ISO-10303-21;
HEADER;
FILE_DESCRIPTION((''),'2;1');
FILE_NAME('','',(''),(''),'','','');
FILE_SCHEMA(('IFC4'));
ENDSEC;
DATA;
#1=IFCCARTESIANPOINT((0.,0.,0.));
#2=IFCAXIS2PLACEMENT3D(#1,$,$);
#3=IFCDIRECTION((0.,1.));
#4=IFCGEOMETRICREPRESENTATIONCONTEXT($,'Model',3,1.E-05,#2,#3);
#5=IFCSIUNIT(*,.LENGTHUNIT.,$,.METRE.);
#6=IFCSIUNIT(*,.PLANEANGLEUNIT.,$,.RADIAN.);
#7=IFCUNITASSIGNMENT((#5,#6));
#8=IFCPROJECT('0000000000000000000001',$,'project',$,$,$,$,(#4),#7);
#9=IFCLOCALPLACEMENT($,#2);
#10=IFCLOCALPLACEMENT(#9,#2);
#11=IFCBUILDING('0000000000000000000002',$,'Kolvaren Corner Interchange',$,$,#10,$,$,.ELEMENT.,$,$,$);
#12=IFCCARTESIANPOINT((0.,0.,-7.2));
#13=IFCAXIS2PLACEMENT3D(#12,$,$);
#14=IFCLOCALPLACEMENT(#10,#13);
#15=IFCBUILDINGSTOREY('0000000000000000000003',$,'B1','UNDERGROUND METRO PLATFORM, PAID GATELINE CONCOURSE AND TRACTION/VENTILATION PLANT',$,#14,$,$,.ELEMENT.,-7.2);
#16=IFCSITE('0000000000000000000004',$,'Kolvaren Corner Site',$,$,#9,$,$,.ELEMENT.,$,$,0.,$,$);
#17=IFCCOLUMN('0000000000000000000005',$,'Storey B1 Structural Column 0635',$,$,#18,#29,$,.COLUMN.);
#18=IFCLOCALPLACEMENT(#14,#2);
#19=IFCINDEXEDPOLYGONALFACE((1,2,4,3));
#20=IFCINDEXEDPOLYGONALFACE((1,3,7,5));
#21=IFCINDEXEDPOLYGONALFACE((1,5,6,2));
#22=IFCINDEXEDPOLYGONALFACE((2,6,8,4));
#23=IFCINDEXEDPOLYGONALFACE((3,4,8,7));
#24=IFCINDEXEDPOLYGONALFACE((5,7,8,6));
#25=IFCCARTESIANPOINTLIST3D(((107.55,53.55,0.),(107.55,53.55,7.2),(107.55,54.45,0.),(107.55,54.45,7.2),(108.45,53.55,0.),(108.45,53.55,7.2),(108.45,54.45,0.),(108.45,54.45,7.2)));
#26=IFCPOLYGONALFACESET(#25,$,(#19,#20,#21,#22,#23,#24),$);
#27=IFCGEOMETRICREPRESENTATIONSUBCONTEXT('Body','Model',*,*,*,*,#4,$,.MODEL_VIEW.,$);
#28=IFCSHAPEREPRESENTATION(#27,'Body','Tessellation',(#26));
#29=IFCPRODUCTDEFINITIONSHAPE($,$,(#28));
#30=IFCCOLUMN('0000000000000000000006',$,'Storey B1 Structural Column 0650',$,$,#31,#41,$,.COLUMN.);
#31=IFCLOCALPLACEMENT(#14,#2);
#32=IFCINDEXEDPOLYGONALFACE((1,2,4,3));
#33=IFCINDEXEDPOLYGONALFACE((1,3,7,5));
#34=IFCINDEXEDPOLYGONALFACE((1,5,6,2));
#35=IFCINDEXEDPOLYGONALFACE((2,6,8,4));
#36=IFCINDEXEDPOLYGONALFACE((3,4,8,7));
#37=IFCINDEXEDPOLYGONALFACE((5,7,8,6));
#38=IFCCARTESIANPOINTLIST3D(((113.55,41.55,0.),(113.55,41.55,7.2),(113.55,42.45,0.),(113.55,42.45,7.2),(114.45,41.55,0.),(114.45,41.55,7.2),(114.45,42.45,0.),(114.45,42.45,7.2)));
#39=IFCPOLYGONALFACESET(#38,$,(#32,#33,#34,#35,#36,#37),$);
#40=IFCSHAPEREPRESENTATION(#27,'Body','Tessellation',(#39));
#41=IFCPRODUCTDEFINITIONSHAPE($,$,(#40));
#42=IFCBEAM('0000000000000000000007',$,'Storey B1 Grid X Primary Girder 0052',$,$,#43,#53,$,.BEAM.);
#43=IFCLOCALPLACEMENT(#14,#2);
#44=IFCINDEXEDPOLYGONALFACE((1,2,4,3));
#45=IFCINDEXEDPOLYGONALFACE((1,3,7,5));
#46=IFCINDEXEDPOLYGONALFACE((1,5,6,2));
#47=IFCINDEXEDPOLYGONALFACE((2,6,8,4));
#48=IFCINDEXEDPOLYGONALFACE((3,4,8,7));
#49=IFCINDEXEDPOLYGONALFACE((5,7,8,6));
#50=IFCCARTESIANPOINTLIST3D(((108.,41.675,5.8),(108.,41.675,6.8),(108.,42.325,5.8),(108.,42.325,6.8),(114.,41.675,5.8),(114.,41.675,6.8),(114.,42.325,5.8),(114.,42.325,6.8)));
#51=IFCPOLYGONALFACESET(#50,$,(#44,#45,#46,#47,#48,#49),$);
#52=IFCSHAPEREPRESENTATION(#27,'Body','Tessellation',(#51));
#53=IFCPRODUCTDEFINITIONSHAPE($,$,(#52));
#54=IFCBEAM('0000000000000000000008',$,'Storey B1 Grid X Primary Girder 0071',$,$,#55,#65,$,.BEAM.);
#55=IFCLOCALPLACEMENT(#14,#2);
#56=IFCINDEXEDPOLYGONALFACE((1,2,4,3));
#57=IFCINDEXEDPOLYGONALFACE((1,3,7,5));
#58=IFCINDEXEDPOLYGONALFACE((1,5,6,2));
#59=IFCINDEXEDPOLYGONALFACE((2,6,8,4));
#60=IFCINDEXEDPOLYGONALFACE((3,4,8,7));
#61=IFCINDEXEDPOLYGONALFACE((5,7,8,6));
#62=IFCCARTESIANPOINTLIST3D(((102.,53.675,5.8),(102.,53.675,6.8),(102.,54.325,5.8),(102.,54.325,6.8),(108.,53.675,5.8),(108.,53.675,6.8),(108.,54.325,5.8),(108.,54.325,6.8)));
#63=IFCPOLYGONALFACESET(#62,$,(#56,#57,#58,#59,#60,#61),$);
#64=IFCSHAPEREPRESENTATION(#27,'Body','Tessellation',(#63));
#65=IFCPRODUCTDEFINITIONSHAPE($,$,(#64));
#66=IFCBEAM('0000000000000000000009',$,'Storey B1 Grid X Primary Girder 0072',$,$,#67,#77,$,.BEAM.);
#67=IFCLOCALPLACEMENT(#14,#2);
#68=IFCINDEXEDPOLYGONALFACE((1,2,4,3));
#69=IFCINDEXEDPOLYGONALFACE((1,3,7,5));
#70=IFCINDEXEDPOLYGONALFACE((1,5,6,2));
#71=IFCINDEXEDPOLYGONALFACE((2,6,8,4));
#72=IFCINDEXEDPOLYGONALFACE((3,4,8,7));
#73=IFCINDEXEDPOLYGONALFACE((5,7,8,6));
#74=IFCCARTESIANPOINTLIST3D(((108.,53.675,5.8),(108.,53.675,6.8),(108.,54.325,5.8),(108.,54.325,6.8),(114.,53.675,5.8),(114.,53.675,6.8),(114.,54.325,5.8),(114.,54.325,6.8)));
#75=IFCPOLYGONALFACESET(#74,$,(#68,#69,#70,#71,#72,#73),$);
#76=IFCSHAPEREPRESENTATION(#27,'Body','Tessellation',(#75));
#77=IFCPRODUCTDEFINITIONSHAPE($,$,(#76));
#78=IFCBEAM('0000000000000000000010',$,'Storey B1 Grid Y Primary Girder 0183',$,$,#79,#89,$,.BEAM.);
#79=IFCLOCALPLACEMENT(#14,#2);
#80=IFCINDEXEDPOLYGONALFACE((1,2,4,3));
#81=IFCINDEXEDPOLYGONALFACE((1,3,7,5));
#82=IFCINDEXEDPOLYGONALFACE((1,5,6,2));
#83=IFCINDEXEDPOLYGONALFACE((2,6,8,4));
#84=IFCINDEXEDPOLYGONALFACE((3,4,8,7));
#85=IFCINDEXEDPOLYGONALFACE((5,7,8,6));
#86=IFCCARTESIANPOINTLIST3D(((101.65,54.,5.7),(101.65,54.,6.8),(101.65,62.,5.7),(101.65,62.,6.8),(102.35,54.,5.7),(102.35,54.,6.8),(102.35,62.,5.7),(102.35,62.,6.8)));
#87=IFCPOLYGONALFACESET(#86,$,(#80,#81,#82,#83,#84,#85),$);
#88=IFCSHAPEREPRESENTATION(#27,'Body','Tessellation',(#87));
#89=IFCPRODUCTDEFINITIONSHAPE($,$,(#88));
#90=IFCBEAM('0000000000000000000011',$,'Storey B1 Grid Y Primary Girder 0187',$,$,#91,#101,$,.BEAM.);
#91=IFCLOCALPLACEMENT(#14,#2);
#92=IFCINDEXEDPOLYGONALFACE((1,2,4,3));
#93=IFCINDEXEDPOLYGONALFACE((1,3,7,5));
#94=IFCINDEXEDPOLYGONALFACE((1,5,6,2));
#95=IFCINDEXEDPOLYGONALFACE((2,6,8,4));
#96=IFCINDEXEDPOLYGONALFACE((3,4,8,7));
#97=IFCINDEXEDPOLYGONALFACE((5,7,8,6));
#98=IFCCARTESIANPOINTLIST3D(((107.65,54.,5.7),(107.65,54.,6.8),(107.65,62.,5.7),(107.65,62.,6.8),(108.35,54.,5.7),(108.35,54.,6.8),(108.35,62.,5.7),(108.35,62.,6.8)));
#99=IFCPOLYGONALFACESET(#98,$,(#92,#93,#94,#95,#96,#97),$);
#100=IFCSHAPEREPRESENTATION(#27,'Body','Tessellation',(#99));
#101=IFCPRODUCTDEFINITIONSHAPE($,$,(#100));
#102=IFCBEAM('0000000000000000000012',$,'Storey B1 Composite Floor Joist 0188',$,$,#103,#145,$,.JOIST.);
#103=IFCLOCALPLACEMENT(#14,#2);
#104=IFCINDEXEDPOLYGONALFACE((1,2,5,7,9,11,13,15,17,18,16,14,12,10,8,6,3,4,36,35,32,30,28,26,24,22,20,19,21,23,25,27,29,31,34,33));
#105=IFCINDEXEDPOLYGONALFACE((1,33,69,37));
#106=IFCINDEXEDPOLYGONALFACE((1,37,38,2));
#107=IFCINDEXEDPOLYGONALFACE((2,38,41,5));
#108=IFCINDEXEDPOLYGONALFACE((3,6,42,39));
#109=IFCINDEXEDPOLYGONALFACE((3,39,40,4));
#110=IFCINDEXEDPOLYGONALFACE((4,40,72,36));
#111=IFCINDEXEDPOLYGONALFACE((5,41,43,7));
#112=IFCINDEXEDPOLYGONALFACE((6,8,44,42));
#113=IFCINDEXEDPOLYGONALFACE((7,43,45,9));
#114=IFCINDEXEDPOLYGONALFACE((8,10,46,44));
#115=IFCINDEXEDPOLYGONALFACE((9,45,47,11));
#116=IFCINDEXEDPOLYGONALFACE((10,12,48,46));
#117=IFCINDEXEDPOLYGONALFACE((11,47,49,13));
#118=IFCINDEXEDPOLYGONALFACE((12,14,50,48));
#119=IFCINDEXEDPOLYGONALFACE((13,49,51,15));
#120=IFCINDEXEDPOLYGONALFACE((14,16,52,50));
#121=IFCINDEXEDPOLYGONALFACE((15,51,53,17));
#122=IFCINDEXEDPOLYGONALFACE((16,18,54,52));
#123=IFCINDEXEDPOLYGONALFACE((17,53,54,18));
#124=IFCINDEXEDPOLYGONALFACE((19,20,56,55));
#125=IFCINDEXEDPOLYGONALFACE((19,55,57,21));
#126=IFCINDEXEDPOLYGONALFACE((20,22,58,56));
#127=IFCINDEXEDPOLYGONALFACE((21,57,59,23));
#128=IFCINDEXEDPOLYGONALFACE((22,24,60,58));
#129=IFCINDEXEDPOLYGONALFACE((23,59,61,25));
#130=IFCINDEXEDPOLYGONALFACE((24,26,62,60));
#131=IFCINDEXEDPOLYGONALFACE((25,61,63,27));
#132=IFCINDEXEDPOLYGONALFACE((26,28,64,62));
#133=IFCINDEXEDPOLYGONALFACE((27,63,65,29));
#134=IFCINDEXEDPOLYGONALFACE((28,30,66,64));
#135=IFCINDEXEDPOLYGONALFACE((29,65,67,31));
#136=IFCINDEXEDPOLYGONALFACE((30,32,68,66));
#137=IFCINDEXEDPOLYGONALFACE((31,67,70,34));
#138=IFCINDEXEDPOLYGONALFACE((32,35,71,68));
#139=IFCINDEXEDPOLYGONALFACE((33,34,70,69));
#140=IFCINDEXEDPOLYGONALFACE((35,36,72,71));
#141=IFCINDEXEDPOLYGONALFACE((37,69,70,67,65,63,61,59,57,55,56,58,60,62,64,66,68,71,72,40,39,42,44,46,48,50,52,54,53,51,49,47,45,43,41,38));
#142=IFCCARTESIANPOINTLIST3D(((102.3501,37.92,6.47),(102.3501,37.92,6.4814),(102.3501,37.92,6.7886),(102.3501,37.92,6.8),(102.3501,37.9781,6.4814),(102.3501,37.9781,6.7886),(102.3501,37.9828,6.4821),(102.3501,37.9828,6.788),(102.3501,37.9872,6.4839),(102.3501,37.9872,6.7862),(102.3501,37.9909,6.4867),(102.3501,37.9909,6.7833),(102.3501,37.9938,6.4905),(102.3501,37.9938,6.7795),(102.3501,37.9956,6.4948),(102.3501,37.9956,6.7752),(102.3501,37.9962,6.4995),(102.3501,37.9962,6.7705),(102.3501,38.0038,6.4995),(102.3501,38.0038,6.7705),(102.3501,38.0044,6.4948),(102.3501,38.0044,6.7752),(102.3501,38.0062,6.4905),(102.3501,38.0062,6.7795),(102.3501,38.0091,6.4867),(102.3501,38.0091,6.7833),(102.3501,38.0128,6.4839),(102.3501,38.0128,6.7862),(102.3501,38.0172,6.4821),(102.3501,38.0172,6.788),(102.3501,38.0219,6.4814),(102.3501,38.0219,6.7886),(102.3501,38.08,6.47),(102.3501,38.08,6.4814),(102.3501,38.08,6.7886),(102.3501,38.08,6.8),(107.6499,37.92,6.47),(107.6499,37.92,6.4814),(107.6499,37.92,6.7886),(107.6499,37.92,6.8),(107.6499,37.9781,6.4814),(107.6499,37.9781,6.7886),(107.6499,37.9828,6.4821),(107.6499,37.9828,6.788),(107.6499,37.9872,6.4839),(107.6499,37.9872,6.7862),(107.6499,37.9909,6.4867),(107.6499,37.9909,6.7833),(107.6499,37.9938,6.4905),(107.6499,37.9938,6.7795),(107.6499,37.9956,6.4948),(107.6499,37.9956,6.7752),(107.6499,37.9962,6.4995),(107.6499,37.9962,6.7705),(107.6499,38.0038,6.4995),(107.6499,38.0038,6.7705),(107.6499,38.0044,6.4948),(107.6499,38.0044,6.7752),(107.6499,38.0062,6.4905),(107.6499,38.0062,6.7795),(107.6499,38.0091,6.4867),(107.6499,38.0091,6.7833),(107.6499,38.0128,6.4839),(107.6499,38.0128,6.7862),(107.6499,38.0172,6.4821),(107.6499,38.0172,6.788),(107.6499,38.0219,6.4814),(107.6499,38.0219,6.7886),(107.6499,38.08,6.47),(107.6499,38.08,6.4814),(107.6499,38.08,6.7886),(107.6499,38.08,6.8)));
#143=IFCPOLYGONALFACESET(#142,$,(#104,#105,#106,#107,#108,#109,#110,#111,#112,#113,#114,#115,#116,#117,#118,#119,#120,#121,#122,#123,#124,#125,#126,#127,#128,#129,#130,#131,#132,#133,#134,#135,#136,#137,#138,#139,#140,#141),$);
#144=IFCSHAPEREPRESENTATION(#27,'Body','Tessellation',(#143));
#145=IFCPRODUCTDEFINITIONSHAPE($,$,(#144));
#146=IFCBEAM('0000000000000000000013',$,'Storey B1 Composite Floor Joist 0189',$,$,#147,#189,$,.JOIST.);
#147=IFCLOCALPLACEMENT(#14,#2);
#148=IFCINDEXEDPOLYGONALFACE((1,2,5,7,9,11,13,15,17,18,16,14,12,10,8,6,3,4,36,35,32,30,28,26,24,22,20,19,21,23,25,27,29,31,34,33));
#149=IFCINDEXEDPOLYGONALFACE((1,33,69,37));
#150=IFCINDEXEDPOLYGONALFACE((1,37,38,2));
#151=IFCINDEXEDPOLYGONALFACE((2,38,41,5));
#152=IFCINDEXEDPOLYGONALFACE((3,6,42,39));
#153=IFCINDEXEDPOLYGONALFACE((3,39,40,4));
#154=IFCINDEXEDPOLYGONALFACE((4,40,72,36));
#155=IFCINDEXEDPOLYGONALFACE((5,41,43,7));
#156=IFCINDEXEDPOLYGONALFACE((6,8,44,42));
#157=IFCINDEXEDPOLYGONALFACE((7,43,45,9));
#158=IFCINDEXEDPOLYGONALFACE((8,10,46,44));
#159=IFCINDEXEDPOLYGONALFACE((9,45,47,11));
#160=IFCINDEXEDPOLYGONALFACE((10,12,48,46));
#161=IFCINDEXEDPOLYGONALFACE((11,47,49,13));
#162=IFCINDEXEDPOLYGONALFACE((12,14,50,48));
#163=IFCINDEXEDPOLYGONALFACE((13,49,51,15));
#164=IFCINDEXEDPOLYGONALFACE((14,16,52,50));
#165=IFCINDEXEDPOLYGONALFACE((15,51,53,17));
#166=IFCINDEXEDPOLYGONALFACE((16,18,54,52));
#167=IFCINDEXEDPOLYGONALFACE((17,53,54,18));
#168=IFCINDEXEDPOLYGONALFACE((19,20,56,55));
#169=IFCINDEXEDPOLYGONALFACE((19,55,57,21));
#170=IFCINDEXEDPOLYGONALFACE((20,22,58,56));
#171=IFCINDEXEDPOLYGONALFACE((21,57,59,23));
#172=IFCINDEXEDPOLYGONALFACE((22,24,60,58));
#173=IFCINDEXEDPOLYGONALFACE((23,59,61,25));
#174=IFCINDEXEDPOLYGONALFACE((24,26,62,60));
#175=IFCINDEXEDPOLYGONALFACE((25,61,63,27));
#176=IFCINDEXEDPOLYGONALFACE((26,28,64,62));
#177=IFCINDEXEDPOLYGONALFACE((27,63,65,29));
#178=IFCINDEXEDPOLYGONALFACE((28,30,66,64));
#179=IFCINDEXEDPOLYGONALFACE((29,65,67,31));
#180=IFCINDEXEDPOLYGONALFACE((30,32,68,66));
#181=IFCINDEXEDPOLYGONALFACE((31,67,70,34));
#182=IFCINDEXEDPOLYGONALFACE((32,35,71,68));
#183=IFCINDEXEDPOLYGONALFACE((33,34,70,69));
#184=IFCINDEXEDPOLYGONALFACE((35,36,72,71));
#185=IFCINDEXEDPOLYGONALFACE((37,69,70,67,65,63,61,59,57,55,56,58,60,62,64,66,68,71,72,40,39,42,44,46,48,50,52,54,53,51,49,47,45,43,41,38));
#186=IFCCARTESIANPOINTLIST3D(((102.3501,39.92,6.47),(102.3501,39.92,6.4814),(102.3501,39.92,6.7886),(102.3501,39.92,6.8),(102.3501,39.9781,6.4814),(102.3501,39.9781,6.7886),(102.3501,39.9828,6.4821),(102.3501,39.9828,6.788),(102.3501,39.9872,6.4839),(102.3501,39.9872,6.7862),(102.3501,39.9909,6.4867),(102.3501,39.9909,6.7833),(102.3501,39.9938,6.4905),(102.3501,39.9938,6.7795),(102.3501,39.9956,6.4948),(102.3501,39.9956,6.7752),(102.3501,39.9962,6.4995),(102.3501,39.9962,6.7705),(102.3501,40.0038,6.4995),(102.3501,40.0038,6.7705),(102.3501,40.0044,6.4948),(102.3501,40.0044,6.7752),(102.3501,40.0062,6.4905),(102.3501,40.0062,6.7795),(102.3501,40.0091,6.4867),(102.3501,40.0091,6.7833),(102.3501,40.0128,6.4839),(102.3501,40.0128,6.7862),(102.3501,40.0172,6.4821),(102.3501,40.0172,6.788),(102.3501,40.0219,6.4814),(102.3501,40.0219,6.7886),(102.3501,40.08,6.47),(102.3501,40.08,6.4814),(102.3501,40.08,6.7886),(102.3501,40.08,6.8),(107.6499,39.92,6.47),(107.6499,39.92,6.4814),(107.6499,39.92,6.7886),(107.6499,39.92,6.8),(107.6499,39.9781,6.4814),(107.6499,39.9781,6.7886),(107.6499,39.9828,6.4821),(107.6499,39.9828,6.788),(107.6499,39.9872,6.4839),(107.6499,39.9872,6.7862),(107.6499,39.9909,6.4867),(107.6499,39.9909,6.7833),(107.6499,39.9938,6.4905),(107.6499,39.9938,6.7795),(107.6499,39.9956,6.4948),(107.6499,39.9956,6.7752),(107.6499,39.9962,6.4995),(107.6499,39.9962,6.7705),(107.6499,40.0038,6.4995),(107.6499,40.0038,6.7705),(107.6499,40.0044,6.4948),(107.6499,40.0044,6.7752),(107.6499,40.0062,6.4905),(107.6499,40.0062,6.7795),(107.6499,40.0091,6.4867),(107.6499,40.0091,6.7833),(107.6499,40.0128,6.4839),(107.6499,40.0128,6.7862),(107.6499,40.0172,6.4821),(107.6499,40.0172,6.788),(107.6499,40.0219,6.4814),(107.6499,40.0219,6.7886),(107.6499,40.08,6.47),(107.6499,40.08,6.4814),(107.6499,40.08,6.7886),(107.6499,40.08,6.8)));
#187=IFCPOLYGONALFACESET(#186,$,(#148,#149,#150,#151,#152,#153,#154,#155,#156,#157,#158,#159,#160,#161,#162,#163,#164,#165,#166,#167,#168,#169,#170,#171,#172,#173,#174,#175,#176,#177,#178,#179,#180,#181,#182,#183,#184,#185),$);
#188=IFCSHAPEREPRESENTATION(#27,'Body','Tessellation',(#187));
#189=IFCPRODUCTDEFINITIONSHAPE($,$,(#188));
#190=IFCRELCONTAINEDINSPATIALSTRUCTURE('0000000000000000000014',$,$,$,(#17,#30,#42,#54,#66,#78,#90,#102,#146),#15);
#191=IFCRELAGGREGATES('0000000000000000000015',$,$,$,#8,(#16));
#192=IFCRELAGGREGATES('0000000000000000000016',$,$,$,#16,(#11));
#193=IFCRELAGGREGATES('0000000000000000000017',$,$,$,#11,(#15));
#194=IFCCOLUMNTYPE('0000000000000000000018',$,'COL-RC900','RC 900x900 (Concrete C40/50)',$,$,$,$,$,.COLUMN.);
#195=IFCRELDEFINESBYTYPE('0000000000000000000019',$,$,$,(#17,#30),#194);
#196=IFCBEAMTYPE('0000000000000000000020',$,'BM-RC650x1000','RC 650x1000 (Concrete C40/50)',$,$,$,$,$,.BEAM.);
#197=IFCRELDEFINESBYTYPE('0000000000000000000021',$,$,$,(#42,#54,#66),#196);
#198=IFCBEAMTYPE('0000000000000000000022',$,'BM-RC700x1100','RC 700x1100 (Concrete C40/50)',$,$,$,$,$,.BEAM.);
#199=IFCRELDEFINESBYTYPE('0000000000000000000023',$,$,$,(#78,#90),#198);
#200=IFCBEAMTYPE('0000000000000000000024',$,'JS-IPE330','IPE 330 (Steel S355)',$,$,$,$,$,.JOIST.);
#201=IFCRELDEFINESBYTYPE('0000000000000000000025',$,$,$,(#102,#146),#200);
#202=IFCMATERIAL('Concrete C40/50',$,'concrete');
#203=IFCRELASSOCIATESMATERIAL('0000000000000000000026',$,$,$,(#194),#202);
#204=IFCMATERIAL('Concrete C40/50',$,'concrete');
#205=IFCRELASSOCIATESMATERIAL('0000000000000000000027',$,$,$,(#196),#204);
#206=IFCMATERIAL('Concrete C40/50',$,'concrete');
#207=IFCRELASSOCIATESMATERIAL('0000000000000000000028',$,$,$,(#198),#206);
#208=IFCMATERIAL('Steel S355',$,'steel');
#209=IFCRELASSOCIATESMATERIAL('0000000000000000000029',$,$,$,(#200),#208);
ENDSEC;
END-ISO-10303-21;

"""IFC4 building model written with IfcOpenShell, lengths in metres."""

from ifc_helpers import new_model, si_unit, direction, frame, origin, origin_2d, place, context, subcontext, project, spatial, rectangle, i_section, extrude, material, material_profile, profile_set, type_object, element, save


model = new_model("IFC4")

# Units and contexts
model_context = context("Model", 3, precision=1e-05, world=origin(), true_north=direction((0.0, 1.0)))
body_context = subcontext(model_context, "Body", "Model", "MODEL_VIEW")
ifc_project = project(units=[si_unit("LENGTHUNIT", "METRE"), si_unit("PLANEANGLEUNIT", "RADIAN")], contexts=[model_context])

# Site, building, storey
site_placement = place(None, origin())
site = spatial("IfcSite", under=ifc_project, at=site_placement, Name="Kolvaren Corner Site", CompositionType="ELEMENT", RefElevation=0.0)
building_placement = place(site_placement, origin())
building = spatial("IfcBuilding", under=site, at=building_placement, Name="Kolvaren Corner Interchange", CompositionType="ELEMENT")
storey_placement = place(building_placement, frame((0.0, 0.0, -7.2)))
storey = spatial("IfcBuildingStorey", under=building, at=storey_placement, Name="B1", Description="UNDERGROUND METRO PLATFORM, PAID GATELINE CONCOURSE AND TRACTION/VENTILATION PLANT", CompositionType="ELEMENT", Elevation=-7.2)

# Columns
ifc_material_1 = material(Name="Concrete C40/50", Category="concrete")
ifc_material_profile_1 = material_profile(ifc_material_1, rectangle(XDim=0.8999, YDim=0.8999, at=origin_2d()), Name="RC 900x900")
ifc_profile_set_1 = profile_set([ifc_material_profile_1], Name="Concrete C40/50")
column_type = type_object("IfcColumnType", Name="COL-RC900", Description="RC 900x900 (Concrete C40/50)", PredefinedType="COLUMN", material=ifc_profile_set_1)
for number, where, z_axis, x_axis, name in (
    (1, (108.0, 54.0, 0.0), (0.0, 0.0, 1.0), (1.0, 0.0, 0.0), "Storey B1 Structural Column 0635"),
    (2, (114.0, 42.0, 0.0), (0.0, 0.0, 1.0), (1.0, 0.0, 0.0), "Storey B1 Structural Column 0650"),
):
    element("IfcColumn", number, at=place(storey_placement, frame(where, z_axis=z_axis, x_axis=x_axis)), inside=storey, type_object=column_type, Name=name, PredefinedType="COLUMN", context=body_context, shape_type="SweptSolid", body=[
        extrude(rectangle(XDim=0.8999, YDim=0.8999, at=origin_2d()), origin(), (0.0, 0.0, 1.0), 7.2),
    ])

# Beams
ifc_material_2 = material(Name="Concrete C40/50", Category="concrete")
ifc_material_profile_2 = material_profile(ifc_material_2, rectangle(XDim=0.6499, YDim=1.0, at=origin_2d()), Name="RC 650x1000")
ifc_profile_set_2 = profile_set([ifc_material_profile_2], Name="Concrete C40/50")
beam_type_1 = type_object("IfcBeamType", Name="BM-RC650x1000", Description="RC 650x1000 (Concrete C40/50)", PredefinedType="BEAM", material=ifc_profile_set_2)
for number, where, z_axis, x_axis, name in (
    (3, (108.0, 42.0, 6.3), (1.0, 0.0, 0.0), (0.0, 1.0, 0.0), "Storey B1 Grid X Primary Girder 0052"),
    (4, (102.0, 54.0, 6.3), (1.0, 0.0, 0.0), (0.0, 1.0, 0.0), "Storey B1 Grid X Primary Girder 0071"),
    (5, (108.0, 54.0, 6.3), (1.0, 0.0, 0.0), (0.0, 1.0, 0.0), "Storey B1 Grid X Primary Girder 0072"),
):
    element("IfcBeam", number, at=place(storey_placement, frame(where, z_axis=z_axis, x_axis=x_axis)), inside=storey, type_object=beam_type_1, Name=name, PredefinedType="BEAM", context=body_context, shape_type="SweptSolid", body=[
        extrude(rectangle(XDim=0.6499, YDim=1.0, at=origin_2d()), origin(), (0.0, 0.0, 1.0), 6.0),
    ])
ifc_material_3 = material(Name="Concrete C40/50", Category="concrete")
ifc_material_profile_3 = material_profile(ifc_material_3, rectangle(XDim=0.7, YDim=1.1001, at=origin_2d()), Name="RC 700x1100")
ifc_profile_set_3 = profile_set([ifc_material_profile_3], Name="Concrete C40/50")
beam_type_2 = type_object("IfcBeamType", Name="BM-RC700x1100", Description="RC 700x1100 (Concrete C40/50)", PredefinedType="BEAM", material=ifc_profile_set_3)
for number, where, z_axis, x_axis, name in (
    (6, (102.0, 54.0, 6.25), (0.0, 1.0, 0.0), (-1.0, 0.0, 0.0), "Storey B1 Grid Y Primary Girder 0183"),
    (7, (108.0, 54.0, 6.25), (0.0, 1.0, 0.0), (-1.0, 0.0, 0.0), "Storey B1 Grid Y Primary Girder 0187"),
):
    element("IfcBeam", number, at=place(storey_placement, frame(where, z_axis=z_axis, x_axis=x_axis)), inside=storey, type_object=beam_type_2, Name=name, PredefinedType="BEAM", context=body_context, shape_type="SweptSolid", body=[
        extrude(rectangle(XDim=0.7, YDim=1.1001, at=origin_2d()), origin(), (0.0, 0.0, 1.0), 8.0),
    ])
ifc_material_4 = material(Name="Steel S355", Category="steel")
ifc_material_profile_4 = material_profile(ifc_material_4, i_section(OverallWidth=0.1599, OverallDepth=0.3301, WebThickness=0.0076, FlangeThickness=0.0115, FilletRadius=0.0181, at=origin_2d()), Name="IPE 330")
ifc_profile_set_4 = profile_set([ifc_material_profile_4], Name="Steel S355")
beam_type_3 = type_object("IfcBeamType", Name="JS-IPE330", Description="IPE 330 (Steel S355)", PredefinedType="JOIST", material=ifc_profile_set_4)
for number, where, z_axis, x_axis, name in (
    (8, (102.3501, 38.0, 6.635), (1.0, 0.0, 0.0), (0.0, 1.0, 0.0), "Storey B1 Composite Floor Joist 0188"),
    (9, (102.3501, 40.0, 6.635), (1.0, 0.0, 0.0), (0.0, 1.0, 0.0), "Storey B1 Composite Floor Joist 0189"),
):
    element("IfcBeam", number, at=place(storey_placement, frame(where, z_axis=z_axis, x_axis=x_axis)), inside=storey, type_object=beam_type_3, Name=name, PredefinedType="JOIST", context=body_context, shape_type="SweptSolid", body=[
        extrude(i_section(OverallWidth=0.1599, OverallDepth=0.3301, WebThickness=0.0076, FlangeThickness=0.0115, FilletRadius=0.0181, at=origin_2d()), origin(), (0.0, 0.0, 1.0), 5.2998),
    ])

save(model, "model.ifc")
